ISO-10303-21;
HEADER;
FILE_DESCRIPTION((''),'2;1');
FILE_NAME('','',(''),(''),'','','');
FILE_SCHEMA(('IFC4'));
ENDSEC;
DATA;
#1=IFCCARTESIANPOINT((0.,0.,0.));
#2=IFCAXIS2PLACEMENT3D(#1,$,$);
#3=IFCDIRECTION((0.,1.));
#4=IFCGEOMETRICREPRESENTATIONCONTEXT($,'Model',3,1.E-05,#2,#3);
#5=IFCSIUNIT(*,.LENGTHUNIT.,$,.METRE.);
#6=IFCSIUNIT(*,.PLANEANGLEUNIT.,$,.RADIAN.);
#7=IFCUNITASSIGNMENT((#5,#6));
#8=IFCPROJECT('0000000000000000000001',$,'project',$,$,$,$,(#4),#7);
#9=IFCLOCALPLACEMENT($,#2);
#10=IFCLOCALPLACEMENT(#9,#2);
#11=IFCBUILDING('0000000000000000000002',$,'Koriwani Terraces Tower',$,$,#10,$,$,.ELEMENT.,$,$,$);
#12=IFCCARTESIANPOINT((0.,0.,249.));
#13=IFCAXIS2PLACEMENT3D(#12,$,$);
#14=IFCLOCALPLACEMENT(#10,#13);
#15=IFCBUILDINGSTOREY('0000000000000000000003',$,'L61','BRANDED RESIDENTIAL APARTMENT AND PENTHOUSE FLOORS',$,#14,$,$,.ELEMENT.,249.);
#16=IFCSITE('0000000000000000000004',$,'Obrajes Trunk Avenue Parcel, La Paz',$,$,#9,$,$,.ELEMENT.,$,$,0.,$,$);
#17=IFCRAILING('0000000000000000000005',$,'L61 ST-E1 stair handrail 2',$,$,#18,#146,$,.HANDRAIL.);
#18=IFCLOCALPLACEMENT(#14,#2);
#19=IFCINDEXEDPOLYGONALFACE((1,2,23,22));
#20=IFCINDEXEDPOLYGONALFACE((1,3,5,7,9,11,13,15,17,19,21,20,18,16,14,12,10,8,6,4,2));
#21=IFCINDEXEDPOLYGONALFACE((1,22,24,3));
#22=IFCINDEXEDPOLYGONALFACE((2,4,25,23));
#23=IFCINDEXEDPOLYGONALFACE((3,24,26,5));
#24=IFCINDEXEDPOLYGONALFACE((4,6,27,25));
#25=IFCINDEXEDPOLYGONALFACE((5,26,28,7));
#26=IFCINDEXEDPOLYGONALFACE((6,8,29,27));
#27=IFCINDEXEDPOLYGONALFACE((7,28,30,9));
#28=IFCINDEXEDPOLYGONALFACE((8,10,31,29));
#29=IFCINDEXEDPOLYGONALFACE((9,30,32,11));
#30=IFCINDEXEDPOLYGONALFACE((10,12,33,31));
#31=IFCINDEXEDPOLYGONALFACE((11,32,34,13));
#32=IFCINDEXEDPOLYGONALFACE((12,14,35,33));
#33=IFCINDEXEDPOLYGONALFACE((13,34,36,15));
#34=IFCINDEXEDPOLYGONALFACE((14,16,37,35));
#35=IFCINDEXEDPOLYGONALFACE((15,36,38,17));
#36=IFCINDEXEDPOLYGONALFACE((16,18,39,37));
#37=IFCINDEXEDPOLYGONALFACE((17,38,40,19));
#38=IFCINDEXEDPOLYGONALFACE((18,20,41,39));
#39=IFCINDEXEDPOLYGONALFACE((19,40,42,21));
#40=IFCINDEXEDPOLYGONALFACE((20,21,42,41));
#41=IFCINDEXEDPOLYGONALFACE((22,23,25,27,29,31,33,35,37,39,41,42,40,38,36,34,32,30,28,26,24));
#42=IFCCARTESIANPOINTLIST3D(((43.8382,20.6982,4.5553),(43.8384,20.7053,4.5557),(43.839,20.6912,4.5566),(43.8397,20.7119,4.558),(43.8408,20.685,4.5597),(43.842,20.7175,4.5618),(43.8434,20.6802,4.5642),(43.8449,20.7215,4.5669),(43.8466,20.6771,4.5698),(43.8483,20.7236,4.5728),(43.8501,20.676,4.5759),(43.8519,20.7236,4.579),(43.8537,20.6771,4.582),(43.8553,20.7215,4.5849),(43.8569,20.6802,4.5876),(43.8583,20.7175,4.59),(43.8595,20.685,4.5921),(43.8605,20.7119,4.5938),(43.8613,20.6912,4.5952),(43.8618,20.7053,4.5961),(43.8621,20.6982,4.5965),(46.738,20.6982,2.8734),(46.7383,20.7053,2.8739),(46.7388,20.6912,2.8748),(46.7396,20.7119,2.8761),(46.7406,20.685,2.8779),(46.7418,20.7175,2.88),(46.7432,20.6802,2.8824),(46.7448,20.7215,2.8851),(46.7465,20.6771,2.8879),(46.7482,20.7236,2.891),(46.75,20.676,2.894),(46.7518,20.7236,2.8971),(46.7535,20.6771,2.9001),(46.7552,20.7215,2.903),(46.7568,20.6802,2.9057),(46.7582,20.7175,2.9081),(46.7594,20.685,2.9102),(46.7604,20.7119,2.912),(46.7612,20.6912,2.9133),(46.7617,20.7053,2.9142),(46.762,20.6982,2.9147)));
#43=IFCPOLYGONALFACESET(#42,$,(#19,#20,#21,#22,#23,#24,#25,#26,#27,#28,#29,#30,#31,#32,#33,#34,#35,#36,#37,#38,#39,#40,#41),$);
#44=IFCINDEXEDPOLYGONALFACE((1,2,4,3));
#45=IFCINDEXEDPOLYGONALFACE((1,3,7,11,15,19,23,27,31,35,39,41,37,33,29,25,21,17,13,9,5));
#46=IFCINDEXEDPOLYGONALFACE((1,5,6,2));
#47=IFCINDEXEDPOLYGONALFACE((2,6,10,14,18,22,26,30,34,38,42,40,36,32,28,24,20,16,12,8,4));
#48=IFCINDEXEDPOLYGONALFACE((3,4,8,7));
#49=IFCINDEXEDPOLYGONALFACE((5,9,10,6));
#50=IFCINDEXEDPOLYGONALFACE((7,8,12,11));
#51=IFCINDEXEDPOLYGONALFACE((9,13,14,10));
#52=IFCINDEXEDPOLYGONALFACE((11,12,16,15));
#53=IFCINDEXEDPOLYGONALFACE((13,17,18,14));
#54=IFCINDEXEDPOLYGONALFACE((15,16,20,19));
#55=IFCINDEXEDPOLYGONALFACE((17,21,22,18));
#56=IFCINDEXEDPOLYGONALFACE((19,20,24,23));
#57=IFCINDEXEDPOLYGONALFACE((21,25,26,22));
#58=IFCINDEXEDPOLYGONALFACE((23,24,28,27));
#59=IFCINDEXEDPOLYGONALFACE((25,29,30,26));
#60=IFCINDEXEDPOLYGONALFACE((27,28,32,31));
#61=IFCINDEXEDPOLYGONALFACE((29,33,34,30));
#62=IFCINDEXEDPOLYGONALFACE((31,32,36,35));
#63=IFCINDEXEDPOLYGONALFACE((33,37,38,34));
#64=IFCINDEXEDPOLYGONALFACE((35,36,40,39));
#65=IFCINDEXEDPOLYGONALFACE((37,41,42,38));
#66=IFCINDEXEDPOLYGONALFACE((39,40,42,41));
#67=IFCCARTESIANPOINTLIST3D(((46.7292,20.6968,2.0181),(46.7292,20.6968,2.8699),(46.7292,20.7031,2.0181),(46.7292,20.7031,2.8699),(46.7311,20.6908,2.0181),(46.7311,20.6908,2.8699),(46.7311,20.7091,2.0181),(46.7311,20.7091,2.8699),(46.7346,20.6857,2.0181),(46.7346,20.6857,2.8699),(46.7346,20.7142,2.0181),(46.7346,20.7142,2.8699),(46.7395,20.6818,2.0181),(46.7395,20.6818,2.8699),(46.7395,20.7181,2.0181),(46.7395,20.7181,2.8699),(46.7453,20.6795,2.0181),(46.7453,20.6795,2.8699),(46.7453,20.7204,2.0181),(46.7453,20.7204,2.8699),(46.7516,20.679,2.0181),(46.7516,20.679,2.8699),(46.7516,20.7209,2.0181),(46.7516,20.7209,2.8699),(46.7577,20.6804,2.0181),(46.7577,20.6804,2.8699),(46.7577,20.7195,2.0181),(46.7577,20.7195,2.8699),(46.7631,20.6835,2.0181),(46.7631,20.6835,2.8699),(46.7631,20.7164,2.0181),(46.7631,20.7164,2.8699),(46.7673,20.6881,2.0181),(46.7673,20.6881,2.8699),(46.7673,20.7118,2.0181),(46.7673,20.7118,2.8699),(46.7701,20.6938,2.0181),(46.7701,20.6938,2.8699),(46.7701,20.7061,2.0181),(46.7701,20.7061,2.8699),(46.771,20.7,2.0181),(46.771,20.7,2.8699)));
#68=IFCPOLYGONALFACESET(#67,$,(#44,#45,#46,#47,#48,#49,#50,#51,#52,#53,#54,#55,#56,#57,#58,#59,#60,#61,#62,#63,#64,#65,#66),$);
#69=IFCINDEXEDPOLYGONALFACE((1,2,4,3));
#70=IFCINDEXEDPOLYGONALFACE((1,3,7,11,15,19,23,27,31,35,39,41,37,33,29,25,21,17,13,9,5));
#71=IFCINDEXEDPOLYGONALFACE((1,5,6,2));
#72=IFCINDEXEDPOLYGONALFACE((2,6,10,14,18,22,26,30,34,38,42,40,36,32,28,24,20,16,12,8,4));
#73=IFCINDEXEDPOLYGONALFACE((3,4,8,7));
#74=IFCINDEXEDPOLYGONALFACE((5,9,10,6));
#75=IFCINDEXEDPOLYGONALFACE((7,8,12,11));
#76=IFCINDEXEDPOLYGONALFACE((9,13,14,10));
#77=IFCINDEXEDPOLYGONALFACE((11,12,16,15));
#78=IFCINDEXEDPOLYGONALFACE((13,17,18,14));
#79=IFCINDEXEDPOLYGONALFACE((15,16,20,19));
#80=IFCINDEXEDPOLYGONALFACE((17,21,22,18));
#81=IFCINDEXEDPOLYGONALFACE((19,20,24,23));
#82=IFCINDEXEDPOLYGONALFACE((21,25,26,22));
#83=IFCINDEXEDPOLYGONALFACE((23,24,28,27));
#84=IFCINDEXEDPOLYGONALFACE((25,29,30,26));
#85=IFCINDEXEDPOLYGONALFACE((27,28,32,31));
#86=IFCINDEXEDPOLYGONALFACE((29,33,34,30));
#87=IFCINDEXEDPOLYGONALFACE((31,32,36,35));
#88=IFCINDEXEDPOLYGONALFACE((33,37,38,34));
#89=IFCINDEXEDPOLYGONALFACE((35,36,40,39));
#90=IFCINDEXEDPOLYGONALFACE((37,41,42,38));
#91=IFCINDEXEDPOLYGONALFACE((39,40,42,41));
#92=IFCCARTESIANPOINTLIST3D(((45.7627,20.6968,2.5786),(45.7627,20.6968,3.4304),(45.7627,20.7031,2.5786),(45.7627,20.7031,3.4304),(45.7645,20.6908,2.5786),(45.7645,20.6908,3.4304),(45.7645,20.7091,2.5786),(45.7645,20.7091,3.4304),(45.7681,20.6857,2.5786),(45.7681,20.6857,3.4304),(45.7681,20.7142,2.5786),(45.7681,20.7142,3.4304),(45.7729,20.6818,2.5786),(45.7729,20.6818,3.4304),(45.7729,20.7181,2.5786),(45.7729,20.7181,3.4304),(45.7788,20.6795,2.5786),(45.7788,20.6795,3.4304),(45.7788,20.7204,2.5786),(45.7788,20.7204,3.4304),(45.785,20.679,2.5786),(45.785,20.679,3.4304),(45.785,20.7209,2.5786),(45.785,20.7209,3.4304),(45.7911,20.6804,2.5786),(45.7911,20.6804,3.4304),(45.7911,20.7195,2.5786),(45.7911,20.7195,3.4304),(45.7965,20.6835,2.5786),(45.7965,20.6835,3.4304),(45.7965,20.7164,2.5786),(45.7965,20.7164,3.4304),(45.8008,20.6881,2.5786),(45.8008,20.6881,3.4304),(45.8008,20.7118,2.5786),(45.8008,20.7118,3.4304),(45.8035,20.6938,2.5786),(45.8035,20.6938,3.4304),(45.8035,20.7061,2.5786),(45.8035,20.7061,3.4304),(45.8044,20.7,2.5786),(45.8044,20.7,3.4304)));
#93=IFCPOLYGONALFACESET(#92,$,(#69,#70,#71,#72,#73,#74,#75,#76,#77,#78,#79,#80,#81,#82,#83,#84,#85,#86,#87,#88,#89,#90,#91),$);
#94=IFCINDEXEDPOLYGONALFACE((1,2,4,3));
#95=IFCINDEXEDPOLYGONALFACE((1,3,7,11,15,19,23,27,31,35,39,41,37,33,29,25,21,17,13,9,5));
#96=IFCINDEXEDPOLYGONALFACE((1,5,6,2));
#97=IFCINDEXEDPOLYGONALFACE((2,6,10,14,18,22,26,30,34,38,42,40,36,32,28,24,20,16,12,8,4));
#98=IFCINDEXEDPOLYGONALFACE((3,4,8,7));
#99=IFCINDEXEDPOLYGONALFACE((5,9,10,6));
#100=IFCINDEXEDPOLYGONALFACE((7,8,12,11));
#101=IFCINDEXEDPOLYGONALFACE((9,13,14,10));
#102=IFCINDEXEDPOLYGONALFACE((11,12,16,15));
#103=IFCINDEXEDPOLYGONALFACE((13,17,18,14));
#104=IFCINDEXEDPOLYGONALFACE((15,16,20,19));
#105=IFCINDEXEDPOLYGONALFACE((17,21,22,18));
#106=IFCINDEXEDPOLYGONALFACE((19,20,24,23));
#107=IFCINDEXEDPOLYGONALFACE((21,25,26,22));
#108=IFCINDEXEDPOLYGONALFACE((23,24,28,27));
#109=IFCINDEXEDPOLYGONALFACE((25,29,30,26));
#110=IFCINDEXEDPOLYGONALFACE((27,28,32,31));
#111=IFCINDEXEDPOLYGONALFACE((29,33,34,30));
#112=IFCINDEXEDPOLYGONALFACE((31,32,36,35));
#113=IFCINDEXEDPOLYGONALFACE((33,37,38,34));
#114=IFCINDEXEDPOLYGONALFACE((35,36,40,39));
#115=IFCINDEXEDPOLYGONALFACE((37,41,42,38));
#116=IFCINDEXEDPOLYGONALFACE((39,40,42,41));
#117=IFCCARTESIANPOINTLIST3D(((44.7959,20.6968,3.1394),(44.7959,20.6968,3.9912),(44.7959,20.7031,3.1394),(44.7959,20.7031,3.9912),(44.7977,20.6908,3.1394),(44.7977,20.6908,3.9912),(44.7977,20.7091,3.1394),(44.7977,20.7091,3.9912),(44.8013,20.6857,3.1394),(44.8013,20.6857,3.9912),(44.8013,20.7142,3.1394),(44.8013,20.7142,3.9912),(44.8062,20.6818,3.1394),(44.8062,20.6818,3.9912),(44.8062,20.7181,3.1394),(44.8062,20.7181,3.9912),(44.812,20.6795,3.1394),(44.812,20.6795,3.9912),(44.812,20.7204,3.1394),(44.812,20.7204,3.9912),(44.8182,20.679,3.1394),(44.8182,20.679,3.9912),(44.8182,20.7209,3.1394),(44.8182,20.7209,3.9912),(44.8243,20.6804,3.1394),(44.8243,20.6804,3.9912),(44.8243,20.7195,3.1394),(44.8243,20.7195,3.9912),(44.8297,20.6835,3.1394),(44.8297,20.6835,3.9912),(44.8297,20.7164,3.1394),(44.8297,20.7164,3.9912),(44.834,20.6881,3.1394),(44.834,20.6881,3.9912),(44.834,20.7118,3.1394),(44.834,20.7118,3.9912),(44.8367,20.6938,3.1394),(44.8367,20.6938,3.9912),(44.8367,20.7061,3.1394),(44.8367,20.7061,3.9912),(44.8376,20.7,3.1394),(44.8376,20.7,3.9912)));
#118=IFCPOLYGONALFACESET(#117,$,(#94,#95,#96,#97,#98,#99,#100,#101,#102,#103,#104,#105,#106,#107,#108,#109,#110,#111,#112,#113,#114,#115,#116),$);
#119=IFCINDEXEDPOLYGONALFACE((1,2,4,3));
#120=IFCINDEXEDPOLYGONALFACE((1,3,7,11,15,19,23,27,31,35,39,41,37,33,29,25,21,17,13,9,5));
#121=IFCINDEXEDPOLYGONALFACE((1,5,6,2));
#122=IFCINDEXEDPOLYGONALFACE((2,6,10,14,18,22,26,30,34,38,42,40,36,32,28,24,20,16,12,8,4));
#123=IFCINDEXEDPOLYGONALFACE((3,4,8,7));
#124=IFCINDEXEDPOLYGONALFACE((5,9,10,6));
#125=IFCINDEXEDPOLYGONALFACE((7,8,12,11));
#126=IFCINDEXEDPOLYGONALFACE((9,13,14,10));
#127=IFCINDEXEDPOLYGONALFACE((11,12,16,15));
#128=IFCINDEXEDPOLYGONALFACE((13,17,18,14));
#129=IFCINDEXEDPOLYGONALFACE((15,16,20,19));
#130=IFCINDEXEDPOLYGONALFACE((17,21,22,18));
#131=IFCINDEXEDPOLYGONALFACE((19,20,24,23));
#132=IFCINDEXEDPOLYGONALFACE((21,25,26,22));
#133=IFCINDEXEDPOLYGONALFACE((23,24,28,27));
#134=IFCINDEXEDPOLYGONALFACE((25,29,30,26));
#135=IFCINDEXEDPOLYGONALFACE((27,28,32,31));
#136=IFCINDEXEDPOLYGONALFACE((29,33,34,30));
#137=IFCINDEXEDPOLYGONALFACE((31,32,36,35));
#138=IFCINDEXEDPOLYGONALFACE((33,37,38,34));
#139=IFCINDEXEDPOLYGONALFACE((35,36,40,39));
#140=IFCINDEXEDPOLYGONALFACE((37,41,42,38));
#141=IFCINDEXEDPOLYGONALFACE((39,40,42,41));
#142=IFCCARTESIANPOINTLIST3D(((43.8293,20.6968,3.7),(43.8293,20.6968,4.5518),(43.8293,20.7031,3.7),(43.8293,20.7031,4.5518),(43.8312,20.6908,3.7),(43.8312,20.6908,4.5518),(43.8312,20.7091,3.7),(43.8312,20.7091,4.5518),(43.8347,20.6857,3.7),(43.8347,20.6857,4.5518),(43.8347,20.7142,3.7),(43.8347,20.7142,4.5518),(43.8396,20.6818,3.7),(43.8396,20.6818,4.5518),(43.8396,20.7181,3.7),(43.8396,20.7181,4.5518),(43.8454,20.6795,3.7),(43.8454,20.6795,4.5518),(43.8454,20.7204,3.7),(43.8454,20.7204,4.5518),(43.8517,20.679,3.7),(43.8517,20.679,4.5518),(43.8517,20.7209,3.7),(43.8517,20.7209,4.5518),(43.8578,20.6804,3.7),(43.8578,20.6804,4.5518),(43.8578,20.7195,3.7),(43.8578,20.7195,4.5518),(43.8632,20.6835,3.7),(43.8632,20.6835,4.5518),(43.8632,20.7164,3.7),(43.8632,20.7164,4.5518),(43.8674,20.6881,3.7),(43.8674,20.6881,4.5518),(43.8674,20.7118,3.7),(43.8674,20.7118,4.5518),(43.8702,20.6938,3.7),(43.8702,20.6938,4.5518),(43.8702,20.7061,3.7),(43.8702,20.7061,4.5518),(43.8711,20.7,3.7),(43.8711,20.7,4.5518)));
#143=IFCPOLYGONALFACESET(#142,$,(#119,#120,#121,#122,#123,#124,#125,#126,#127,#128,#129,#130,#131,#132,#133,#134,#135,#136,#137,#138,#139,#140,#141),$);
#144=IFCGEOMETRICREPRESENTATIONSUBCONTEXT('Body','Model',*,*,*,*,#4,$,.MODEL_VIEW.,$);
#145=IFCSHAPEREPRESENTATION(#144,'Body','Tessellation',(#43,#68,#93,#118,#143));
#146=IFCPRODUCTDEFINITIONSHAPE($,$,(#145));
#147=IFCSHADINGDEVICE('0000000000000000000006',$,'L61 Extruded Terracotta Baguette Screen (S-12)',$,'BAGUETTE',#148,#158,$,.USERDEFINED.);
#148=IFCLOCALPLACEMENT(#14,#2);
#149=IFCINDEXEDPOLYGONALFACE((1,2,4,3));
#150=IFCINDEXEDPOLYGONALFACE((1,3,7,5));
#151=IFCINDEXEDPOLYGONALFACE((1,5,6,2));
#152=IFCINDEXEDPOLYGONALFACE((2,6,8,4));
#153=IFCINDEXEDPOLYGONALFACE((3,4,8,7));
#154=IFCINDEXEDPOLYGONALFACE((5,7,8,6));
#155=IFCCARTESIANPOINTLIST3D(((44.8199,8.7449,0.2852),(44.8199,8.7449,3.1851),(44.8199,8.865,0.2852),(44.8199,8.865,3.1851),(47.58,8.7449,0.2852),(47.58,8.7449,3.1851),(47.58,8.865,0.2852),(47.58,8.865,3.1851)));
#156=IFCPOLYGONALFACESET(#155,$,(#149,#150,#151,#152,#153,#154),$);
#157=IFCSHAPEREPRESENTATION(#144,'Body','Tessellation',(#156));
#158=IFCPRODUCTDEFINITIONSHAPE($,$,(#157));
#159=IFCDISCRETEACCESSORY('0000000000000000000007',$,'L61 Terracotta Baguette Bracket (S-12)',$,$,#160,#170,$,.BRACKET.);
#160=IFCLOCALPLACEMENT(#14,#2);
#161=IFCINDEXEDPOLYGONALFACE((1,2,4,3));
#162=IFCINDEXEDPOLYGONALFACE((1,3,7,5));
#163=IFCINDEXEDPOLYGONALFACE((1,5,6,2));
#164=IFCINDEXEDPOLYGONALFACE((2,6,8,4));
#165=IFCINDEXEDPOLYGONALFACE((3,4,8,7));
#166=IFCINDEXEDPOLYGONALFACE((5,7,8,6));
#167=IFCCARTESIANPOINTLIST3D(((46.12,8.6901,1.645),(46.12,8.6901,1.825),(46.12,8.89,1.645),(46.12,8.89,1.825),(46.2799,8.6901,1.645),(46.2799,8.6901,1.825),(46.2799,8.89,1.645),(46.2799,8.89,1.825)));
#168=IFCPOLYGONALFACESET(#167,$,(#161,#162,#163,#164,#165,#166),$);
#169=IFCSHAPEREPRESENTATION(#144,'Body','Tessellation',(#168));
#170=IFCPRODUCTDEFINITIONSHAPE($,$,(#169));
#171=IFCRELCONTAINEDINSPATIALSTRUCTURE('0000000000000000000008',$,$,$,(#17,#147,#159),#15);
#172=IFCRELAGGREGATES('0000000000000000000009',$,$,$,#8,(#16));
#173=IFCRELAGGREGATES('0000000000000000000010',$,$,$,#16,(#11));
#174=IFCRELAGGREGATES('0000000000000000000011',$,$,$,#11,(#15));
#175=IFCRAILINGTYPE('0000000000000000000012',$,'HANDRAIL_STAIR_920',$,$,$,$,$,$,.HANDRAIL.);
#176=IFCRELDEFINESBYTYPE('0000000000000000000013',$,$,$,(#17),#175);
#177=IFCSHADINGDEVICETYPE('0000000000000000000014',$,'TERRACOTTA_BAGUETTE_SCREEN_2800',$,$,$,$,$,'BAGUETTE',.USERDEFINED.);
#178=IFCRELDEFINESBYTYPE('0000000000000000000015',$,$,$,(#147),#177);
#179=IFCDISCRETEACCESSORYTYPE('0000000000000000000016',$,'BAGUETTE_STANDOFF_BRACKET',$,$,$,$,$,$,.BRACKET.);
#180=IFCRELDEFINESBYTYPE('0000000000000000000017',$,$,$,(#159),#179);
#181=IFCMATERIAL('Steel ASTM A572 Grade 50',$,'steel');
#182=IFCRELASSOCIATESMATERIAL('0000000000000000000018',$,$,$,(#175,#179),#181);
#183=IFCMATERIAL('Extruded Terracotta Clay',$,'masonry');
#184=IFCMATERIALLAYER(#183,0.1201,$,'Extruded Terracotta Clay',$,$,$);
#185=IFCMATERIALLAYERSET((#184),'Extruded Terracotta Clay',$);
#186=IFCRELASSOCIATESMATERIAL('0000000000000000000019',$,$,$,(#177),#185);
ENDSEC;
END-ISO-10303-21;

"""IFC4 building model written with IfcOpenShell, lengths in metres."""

from ifc_helpers import new_model, si_unit, direction, frame, origin, origin_2d, place, context, subcontext, project, spatial, rectangle, circle, extrude, material, layer, layer_set, type_object, element, save


model = new_model("IFC4")

# Units and contexts
model_context = context("Model", 3, precision=1e-05, world=origin(), true_north=direction((0.0, 1.0)))
body_context = subcontext(model_context, "Body", "Model", "MODEL_VIEW")
ifc_project = project(units=[si_unit("LENGTHUNIT", "METRE"), si_unit("PLANEANGLEUNIT", "RADIAN")], contexts=[model_context])

# Site, building, storey
site_placement = place(None, origin())
site = spatial("IfcSite", under=ifc_project, at=site_placement, Name="Obrajes Trunk Avenue Parcel, La Paz", CompositionType="ELEMENT", RefElevation=0.0)
building_placement = place(site_placement, origin())
building = spatial("IfcBuilding", under=site, at=building_placement, Name="Koriwani Terraces Tower", CompositionType="ELEMENT")
storey_placement = place(building_placement, frame((0.0, 0.0, 249.0)))
storey = spatial("IfcBuildingStorey", under=building, at=storey_placement, Name="L61", Description="BRANDED RESIDENTIAL APARTMENT AND PENTHOUSE FLOORS", CompositionType="ELEMENT", Elevation=249.0)

# Shared definitions
ifc_material_1 = material(Name="Steel ASTM A572 Grade 50", Category="steel")

# Railing
railing_type_1 = type_object("IfcRailingType", Name="HANDRAIL_STAIR_920", PredefinedType="HANDRAIL", material=ifc_material_1)
railing_1_placement = place(storey_placement, frame((46.75, 20.7, 2.0181)))
element("IfcRailing", 1, at=railing_1_placement, inside=storey, type_object=railing_type_1, Name="L61 ST-E1 stair handrail 2", PredefinedType="HANDRAIL", context=body_context, shape_type="SweptSolid", body=[
    extrude(circle(Radius=0.0239, at=origin_2d()), frame((0.0, 0.0, 0.876), z_axis=(-0.865039, 0.0, 0.501705), x_axis=(0.0, -1.0, 0.0)), (0.0, 0.0, 1.0), 3.3523),
    extrude(circle(Radius=0.021, at=origin_2d()), origin(), (0.0, 0.0, 1.0), 0.8518),
    extrude(circle(Radius=0.021, at=origin_2d()), frame((-0.9666, 0.0, 0.5605)), (0.0, 0.0, 1.0), 0.8518),
    extrude(circle(Radius=0.021, at=origin_2d()), frame((-1.9333, 0.0, 1.1213)), (0.0, 0.0, 1.0), 0.8518),
    extrude(circle(Radius=0.021, at=origin_2d()), frame((-2.8999, 0.0, 1.6819)), (0.0, 0.0, 1.0), 0.8518),
])

# Shading device
ifc_material_2 = material(Name="Extruded Terracotta Clay", Category="masonry")
ifc_layer_1 = layer(ifc_material_2, 0.1201, Name="Extruded Terracotta Clay")
ifc_layer_set_1 = layer_set([ifc_layer_1], Name="Extruded Terracotta Clay")
shading_device_type = type_object("IfcShadingDeviceType", Name="TERRACOTTA_BAGUETTE_SCREEN_2800", ElementType="BAGUETTE", PredefinedType="USERDEFINED", material=ifc_layer_set_1)
shading_device_placement = place(storey_placement, frame((46.2, 8.8049, 0.2852), z_axis=(0.0, 0.0, 1.0), x_axis=(-1.0, 0.0, 0.0)))
element("IfcShadingDevice", 2, at=shading_device_placement, inside=storey, type_object=shading_device_type, Name="L61 Extruded Terracotta Baguette Screen (S-12)", ObjectType="BAGUETTE", PredefinedType="USERDEFINED", context=body_context, shape_type="SweptSolid", body=[
    extrude(rectangle(XDim=2.76, YDim=0.1201, at=origin_2d()), origin(), (0.0, 0.0, 1.0), 2.8999),
])

# Discrete accessory
discrete_accessory_type = type_object("IfcDiscreteAccessoryType", Name="BAGUETTE_STANDOFF_BRACKET", PredefinedType="BRACKET", material=ifc_material_1)
discrete_accessory_placement = place(storey_placement, frame((46.2, 8.79, 1.645), z_axis=(0.0, 0.0, 1.0), x_axis=(-1.0, 0.0, 0.0)))
element("IfcDiscreteAccessory", 3, at=discrete_accessory_placement, inside=storey, type_object=discrete_accessory_type, Name="L61 Terracotta Baguette Bracket (S-12)", PredefinedType="BRACKET", context=body_context, shape_type="SweptSolid", body=[
    extrude(rectangle(XDim=0.1599, YDim=0.2, at=origin_2d()), origin(), (0.0, 0.0, 1.0), 0.1799),
])

save(model, "model.ifc")
